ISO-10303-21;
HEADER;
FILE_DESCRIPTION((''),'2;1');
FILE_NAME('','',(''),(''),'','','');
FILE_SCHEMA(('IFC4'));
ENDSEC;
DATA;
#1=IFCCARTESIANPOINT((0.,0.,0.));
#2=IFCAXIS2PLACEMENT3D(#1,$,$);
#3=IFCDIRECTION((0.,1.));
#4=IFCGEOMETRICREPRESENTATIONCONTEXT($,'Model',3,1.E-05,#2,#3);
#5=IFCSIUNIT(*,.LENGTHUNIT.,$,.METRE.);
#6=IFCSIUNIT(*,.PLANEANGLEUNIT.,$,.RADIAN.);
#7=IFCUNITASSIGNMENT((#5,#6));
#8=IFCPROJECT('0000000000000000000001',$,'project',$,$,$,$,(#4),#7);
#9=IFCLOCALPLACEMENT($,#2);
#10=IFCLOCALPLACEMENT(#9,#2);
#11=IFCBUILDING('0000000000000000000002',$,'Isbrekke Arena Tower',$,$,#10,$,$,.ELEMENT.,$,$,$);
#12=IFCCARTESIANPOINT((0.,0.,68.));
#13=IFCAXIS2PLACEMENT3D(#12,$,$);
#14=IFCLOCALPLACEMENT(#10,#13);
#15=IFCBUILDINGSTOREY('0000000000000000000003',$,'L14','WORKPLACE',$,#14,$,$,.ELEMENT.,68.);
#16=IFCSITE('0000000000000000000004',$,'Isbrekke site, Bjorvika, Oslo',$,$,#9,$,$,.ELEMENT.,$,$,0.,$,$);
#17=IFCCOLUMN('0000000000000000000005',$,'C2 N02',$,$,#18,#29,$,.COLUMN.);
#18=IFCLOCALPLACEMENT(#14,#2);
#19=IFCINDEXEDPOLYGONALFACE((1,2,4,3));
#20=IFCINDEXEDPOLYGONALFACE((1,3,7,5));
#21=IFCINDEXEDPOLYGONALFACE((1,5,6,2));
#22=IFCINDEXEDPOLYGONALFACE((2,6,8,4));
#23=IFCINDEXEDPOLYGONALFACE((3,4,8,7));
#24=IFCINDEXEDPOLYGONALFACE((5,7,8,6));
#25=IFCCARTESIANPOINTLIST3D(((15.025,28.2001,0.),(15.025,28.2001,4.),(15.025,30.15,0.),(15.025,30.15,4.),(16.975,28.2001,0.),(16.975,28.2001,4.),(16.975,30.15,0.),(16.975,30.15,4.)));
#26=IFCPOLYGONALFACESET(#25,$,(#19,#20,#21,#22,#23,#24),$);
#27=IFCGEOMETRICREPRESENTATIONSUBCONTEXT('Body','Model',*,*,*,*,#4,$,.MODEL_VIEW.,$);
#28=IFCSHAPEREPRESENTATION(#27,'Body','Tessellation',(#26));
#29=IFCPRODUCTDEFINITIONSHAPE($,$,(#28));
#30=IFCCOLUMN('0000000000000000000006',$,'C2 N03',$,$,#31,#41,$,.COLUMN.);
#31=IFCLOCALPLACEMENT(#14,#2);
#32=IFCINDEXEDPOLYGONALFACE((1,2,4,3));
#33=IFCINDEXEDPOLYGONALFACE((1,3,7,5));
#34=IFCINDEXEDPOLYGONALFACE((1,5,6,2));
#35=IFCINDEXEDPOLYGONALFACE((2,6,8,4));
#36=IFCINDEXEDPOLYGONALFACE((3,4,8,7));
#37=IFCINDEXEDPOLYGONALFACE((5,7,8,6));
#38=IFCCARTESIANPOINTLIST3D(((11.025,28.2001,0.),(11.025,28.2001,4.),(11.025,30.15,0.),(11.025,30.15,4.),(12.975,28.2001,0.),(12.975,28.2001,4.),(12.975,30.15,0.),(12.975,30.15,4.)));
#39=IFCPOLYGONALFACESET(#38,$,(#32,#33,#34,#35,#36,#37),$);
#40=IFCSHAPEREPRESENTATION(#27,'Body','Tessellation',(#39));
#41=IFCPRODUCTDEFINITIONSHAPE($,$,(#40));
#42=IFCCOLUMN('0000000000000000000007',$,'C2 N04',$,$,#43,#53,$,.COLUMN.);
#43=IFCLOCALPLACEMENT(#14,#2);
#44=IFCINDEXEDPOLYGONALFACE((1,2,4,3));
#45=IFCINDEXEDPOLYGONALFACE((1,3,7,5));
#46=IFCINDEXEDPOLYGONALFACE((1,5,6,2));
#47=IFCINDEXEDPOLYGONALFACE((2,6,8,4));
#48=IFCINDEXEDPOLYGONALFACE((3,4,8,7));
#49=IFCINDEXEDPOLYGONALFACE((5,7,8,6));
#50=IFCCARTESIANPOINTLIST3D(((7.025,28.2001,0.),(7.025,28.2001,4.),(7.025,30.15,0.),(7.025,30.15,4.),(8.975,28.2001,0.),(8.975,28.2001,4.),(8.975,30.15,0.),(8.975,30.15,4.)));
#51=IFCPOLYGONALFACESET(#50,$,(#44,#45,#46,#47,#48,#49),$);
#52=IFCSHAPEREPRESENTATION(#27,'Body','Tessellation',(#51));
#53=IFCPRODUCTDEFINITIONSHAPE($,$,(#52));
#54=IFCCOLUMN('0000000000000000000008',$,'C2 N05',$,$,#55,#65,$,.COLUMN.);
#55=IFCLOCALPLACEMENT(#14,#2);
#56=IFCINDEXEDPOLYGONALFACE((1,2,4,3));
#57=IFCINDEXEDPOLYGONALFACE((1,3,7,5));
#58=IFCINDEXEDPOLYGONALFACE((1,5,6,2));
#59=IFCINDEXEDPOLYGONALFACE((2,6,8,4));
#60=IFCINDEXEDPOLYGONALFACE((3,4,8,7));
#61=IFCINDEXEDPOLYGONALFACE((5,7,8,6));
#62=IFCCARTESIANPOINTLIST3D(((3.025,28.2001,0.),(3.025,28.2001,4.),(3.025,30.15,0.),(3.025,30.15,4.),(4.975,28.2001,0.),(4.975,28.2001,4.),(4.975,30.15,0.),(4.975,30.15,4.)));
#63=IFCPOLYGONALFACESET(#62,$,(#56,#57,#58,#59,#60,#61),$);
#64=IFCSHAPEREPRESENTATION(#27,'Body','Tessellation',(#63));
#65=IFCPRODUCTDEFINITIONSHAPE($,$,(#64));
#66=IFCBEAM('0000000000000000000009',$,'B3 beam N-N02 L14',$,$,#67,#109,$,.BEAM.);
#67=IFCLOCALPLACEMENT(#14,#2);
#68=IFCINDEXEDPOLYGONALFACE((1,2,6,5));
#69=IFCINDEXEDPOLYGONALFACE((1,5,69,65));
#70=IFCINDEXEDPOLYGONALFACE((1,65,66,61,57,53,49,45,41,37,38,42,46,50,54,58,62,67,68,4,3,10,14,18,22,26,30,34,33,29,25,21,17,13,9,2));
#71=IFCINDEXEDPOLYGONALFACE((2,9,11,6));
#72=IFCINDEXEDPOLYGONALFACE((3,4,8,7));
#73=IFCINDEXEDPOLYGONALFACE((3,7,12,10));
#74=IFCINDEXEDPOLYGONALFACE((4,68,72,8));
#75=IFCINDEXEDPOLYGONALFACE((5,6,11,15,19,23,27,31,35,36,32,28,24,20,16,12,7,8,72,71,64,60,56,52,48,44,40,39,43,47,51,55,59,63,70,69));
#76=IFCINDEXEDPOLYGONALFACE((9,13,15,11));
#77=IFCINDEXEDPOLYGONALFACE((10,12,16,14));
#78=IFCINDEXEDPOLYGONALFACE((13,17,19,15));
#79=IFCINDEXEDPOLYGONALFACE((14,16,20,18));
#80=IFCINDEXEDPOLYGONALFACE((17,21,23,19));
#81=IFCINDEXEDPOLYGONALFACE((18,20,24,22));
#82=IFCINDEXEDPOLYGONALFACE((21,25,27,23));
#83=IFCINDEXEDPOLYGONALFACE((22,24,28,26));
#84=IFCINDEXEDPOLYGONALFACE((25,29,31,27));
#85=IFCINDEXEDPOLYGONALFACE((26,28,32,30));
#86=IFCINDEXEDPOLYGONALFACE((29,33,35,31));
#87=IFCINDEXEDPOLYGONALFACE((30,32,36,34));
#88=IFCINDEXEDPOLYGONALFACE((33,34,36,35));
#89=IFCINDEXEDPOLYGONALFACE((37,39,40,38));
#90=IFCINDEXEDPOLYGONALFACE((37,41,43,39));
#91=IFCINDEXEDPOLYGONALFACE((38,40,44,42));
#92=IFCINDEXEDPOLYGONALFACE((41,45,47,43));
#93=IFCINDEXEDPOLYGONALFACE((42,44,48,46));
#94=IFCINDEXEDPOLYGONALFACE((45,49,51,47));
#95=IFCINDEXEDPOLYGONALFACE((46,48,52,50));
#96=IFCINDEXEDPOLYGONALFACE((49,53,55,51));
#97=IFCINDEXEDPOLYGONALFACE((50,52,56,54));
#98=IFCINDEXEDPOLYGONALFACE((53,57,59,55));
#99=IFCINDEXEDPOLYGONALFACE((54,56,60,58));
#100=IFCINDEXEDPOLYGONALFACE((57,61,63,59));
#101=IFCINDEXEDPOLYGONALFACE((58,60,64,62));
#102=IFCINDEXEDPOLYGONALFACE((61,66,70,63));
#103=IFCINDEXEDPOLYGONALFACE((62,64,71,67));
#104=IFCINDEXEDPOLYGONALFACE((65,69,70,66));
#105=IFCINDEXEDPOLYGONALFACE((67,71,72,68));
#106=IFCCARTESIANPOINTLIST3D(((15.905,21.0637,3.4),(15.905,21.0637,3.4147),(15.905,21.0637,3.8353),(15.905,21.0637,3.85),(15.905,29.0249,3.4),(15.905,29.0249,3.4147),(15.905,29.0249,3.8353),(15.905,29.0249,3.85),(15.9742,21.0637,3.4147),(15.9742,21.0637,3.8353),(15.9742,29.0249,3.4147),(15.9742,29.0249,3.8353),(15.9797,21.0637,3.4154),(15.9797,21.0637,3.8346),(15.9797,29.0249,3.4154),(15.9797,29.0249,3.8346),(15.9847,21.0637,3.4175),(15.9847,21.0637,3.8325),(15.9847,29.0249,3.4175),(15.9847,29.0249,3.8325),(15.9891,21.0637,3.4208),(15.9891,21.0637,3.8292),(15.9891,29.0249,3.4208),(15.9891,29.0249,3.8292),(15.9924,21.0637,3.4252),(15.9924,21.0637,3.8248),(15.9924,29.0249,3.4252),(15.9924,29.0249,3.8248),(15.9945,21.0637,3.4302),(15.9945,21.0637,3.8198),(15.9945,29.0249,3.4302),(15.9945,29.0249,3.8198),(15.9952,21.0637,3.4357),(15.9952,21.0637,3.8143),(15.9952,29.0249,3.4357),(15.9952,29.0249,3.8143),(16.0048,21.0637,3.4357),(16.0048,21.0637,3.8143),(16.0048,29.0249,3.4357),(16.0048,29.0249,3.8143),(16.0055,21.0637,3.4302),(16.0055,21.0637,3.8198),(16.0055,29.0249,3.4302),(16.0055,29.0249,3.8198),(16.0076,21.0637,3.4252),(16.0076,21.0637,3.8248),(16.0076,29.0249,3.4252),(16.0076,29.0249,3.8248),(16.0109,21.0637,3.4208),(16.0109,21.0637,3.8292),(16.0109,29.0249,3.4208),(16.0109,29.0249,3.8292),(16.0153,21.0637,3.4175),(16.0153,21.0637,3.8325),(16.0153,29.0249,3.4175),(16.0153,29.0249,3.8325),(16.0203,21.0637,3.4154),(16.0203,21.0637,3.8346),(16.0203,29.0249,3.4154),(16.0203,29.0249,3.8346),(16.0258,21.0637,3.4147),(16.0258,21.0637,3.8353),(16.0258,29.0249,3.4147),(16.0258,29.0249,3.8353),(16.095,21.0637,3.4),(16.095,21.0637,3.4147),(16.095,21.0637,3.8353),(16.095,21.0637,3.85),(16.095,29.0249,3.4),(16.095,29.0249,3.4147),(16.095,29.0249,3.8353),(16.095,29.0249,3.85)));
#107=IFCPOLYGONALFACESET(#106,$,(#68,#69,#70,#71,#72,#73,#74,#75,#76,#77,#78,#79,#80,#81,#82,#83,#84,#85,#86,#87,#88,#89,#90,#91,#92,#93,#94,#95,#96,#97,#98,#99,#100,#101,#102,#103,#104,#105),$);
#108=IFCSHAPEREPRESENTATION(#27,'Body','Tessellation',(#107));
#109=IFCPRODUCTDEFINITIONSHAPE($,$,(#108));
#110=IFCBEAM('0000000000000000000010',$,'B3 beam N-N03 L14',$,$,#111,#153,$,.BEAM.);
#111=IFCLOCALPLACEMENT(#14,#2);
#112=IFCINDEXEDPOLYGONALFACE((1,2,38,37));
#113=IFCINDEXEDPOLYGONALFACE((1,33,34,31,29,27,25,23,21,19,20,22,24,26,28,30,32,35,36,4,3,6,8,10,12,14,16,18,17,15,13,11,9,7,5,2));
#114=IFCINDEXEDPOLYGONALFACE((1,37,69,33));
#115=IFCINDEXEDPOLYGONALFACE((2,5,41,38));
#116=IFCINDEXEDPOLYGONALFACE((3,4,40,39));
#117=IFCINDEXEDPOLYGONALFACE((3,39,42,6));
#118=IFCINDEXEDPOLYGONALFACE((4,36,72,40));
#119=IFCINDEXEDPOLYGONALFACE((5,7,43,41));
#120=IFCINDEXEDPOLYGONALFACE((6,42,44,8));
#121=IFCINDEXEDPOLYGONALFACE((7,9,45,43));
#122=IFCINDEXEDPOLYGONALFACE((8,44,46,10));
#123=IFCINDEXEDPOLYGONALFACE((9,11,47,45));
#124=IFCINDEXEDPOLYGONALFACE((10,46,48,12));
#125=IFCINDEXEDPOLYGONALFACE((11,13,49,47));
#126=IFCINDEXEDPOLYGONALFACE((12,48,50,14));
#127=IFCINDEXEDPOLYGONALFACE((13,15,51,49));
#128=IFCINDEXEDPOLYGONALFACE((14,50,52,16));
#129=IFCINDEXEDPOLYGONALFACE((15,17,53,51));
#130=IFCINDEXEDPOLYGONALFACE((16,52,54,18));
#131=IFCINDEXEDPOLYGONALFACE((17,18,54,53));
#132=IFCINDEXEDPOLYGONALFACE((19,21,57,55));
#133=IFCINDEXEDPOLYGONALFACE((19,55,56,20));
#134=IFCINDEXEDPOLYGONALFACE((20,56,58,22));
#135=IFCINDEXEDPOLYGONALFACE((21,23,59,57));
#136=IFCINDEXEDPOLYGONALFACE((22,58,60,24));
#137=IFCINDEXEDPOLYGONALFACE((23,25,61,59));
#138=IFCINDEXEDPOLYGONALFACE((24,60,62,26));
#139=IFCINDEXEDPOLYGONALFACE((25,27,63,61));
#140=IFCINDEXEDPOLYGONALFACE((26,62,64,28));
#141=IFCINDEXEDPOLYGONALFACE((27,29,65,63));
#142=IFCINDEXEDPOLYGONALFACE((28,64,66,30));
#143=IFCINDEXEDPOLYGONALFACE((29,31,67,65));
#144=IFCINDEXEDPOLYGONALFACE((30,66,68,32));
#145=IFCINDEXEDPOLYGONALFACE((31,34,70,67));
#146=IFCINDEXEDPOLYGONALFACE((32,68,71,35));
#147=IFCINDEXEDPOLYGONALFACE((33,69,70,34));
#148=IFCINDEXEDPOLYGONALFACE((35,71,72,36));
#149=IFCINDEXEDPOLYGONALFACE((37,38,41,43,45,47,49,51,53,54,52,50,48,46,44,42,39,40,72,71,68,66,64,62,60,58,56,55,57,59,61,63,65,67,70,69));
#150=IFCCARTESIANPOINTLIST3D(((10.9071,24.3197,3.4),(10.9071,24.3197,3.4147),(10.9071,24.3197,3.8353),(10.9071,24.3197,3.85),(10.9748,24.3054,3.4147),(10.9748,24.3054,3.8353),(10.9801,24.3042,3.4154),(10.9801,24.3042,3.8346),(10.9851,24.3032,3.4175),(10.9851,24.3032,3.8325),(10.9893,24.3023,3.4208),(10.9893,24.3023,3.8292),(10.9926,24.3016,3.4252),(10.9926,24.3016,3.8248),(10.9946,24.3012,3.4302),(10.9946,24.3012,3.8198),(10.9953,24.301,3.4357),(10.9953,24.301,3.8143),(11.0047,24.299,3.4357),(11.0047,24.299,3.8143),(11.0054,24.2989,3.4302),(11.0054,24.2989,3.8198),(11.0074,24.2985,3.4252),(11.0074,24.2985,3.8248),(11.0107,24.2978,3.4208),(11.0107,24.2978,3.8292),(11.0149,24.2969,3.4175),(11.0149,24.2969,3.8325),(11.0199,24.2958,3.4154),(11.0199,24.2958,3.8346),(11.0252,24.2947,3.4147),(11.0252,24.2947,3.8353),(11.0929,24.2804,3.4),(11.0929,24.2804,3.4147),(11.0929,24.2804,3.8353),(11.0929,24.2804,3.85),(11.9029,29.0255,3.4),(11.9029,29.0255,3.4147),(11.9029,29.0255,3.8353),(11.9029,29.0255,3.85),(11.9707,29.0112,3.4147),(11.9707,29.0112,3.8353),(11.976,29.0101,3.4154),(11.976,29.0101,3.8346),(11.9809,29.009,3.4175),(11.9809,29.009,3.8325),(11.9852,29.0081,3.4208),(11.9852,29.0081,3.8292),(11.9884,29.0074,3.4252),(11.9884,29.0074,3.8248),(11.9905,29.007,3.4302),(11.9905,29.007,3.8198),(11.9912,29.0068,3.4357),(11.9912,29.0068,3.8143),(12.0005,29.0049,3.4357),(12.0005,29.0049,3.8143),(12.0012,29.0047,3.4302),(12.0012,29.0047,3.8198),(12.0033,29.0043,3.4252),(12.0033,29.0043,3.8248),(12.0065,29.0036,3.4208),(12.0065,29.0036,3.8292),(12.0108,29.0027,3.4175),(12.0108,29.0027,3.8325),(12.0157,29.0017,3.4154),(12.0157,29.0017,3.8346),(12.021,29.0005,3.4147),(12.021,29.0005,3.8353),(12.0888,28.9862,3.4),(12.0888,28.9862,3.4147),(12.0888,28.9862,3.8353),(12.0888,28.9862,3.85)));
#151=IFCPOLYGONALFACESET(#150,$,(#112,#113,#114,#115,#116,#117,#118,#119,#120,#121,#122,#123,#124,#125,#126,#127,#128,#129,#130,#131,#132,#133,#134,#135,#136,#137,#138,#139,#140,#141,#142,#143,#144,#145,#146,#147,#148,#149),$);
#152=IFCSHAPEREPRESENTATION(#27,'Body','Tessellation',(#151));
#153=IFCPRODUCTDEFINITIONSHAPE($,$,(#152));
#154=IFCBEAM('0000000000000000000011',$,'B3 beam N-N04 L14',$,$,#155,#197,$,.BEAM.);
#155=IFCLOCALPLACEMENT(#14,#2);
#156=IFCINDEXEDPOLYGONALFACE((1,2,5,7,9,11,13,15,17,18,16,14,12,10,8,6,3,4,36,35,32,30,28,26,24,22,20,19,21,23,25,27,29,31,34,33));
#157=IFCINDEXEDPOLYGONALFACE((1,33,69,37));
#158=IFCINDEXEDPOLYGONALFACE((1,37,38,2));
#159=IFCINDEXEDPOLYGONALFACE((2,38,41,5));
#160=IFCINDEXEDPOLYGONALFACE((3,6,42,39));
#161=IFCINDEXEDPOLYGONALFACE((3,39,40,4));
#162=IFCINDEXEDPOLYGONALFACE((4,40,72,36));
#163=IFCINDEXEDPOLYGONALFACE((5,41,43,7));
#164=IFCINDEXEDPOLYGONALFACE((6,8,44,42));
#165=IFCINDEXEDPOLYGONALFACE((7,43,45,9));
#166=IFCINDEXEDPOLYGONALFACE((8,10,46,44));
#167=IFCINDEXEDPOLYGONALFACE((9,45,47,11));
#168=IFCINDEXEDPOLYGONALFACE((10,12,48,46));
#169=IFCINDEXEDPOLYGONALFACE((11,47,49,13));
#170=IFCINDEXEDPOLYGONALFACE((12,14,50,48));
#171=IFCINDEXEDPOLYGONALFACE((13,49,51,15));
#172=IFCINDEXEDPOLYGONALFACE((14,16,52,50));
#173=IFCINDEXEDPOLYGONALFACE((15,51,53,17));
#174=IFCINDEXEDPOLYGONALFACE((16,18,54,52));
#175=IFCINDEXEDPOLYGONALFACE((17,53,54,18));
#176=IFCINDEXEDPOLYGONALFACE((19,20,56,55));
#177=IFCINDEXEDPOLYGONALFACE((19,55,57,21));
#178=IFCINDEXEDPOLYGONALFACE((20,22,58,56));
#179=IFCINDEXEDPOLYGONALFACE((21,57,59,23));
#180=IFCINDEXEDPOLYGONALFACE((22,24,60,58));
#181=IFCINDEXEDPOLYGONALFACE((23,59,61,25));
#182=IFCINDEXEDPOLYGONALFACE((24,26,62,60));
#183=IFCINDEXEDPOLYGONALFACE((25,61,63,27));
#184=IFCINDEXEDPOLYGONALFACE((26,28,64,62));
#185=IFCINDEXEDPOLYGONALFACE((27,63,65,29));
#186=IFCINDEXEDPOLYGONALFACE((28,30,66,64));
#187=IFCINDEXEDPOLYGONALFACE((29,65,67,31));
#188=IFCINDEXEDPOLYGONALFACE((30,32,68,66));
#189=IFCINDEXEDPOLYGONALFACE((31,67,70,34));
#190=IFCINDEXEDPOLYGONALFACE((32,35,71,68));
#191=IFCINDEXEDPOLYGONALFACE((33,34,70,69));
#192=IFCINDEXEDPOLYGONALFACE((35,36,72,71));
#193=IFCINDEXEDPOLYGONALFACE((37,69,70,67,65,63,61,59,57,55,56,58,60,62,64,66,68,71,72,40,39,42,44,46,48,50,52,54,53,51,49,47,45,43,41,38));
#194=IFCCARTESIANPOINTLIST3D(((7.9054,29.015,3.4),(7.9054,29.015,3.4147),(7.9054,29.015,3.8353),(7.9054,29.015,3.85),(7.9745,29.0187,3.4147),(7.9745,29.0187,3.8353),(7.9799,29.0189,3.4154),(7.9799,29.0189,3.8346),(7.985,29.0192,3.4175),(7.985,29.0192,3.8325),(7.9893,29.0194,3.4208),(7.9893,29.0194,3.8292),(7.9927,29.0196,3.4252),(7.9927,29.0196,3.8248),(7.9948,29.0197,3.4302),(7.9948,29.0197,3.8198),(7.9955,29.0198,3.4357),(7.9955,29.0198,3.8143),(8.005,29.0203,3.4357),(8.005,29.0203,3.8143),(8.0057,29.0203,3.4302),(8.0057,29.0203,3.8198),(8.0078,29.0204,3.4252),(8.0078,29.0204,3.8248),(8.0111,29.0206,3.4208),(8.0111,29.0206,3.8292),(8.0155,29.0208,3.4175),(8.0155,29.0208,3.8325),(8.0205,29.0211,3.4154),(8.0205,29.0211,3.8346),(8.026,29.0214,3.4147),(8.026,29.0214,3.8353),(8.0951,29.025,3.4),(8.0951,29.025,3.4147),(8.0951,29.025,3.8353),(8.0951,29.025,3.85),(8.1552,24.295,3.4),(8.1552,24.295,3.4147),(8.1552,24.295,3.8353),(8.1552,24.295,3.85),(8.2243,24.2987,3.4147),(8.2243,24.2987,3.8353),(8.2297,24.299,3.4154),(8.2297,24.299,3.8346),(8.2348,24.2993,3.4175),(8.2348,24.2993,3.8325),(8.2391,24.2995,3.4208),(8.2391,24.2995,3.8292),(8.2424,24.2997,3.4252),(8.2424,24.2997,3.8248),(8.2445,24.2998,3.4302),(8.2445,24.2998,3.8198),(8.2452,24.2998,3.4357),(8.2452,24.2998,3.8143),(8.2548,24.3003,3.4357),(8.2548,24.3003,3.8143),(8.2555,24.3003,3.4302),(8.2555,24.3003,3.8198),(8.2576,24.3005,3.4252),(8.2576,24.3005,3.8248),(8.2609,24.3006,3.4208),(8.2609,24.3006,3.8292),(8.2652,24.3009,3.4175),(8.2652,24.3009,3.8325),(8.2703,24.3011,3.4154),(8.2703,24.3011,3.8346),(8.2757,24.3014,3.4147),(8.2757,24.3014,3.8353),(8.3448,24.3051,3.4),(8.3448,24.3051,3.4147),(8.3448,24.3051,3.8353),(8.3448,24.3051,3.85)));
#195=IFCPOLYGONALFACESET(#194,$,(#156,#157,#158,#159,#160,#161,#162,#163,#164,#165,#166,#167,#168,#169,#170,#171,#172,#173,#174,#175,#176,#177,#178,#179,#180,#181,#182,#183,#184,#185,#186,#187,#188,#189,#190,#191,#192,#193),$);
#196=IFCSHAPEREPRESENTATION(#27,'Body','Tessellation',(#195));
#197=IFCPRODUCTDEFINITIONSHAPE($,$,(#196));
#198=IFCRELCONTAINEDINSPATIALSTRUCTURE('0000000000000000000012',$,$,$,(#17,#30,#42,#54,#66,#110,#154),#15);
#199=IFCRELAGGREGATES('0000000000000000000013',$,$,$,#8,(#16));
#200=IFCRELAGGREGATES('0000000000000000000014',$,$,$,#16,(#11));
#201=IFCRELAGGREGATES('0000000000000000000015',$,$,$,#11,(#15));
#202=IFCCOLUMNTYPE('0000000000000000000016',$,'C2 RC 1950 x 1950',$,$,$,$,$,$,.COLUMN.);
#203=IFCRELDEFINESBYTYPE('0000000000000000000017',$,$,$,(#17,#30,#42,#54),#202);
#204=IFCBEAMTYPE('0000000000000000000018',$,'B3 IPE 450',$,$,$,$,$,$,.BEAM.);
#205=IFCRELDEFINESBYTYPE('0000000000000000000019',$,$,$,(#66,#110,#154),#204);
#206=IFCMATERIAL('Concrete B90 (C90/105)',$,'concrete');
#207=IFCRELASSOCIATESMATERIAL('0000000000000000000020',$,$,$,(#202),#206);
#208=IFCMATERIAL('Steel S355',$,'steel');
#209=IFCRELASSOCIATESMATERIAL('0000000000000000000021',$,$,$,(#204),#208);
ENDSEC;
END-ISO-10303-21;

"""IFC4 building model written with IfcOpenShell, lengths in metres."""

from ifc_helpers import new_model, si_unit, direction, frame, origin, origin_2d, place, context, subcontext, project, spatial, rectangle, i_section, extrude, material, material_profile, profile_set, type_object, element, save


model = new_model("IFC4")

# Units and contexts
model_context = context("Model", 3, precision=1e-05, world=origin(), true_north=direction((0.0, 1.0)))
body_context = subcontext(model_context, "Body", "Model", "MODEL_VIEW")
ifc_project = project(units=[si_unit("LENGTHUNIT", "METRE"), si_unit("PLANEANGLEUNIT", "RADIAN")], contexts=[model_context])

# Site, building, storey
site_placement = place(None, origin())
site = spatial("IfcSite", under=ifc_project, at=site_placement, Name="Isbrekke site, Bjorvika, Oslo", CompositionType="ELEMENT", RefElevation=0.0)
building_placement = place(site_placement, origin())
building = spatial("IfcBuilding", under=site, at=building_placement, Name="Isbrekke Arena Tower", CompositionType="ELEMENT")
storey_placement = place(building_placement, frame((0.0, 0.0, 68.0)))
storey = spatial("IfcBuildingStorey", under=building, at=storey_placement, Name="L14", Description="WORKPLACE", CompositionType="ELEMENT", Elevation=68.0)

# Columns
ifc_material_1 = material(Name="Concrete B90 (C90/105)", Category="concrete")
ifc_material_profile_1 = material_profile(ifc_material_1, rectangle(XDim=1.95, YDim=1.95, at=origin_2d()), Name="RC 1950x1950")
ifc_profile_set_1 = profile_set([ifc_material_profile_1], Name="Concrete B90 (C90/105)")
column_type = type_object("IfcColumnType", Name="C2 RC 1950 x 1950", PredefinedType="COLUMN", material=ifc_profile_set_1)
for number, where, z_axis, x_axis, name in (
    (1, (16.0, 29.175, 0.0), (0.0, 0.0, 1.0), (-1.0, 0.0, 0.0), "C2 N02"),
    (2, (12.0, 29.175, 0.0), (0.0, 0.0, 1.0), (-1.0, 0.0, 0.0), "C2 N03"),
    (3, (8.0, 29.175, 0.0), (0.0, 0.0, 1.0), (-1.0, 0.0, 0.0), "C2 N04"),
    (4, (4.0, 29.175, 0.0), (0.0, 0.0, 1.0), (-1.0, 0.0, 0.0), "C2 N05"),
):
    element("IfcColumn", number, at=place(storey_placement, frame(where, z_axis=z_axis, x_axis=x_axis)), inside=storey, type_object=column_type, Name=name, PredefinedType="COLUMN", context=body_context, shape_type="SweptSolid", body=[
        extrude(rectangle(XDim=1.95, YDim=1.95, at=origin_2d()), origin(), (0.0, 0.0, 1.0), 4.0),
    ])

# Beams
ifc_material_2 = material(Name="Steel S355", Category="steel")
ifc_material_profile_2 = material_profile(ifc_material_2, i_section(OverallWidth=0.1899, OverallDepth=0.45, WebThickness=0.0095, FlangeThickness=0.0146, FilletRadius=0.021, at=origin_2d()), Name="IPE 450")
ifc_profile_set_2 = profile_set([ifc_material_profile_2], Name="Steel S355")
beam_type_1 = type_object("IfcBeamType", Name="B3 IPE 450", PredefinedType="BEAM", material=ifc_profile_set_2)
beam_1_placement = place(storey_placement, frame((16.0, 29.0249, 3.625), z_axis=(0.0, -1.0, 0.0), x_axis=(1.0, 0.0, 0.0)))
element("IfcBeam", 5, at=beam_1_placement, inside=storey, type_object=beam_type_1, Name="B3 beam N-N02 L14", PredefinedType="BEAM", context=body_context, shape_type="SweptSolid", body=[
    extrude(i_section(OverallWidth=0.1899, OverallDepth=0.45, WebThickness=0.0095, FlangeThickness=0.0146, FilletRadius=0.021, at=origin_2d()), origin(), (0.0, 0.0, 1.0), 7.9612),
])
beam_2_placement = place(storey_placement, frame((11.9958, 29.0059, 3.625), z_axis=(-0.207036, -0.978333, 0.0), x_axis=(0.978333, -0.207036, 0.0)))
element("IfcBeam", 6, at=beam_2_placement, inside=storey, type_object=beam_type_1, Name="B3 beam N-N03 L14", PredefinedType="BEAM", context=body_context, shape_type="SweptSolid", body=[
    extrude(i_section(OverallWidth=0.1899, OverallDepth=0.45, WebThickness=0.0095, FlangeThickness=0.0146, FilletRadius=0.021, at=origin_2d()), origin(), (0.0, 0.0, 1.0), 4.8101),
])
beam_3_placement = place(storey_placement, frame((8.0002, 29.02, 3.625), z_axis=(0.052841, -0.998603, 0.0), x_axis=(0.998603, 0.052841, 0.0)))
element("IfcBeam", 7, at=beam_3_placement, inside=storey, type_object=beam_type_1, Name="B3 beam N-N04 L14", PredefinedType="BEAM", context=body_context, shape_type="SweptSolid", body=[
    extrude(i_section(OverallWidth=0.1899, OverallDepth=0.45, WebThickness=0.0095, FlangeThickness=0.0146, FilletRadius=0.021, at=origin_2d()), origin(), (0.0, 0.0, 1.0), 4.7266),
])

save(model, "model.ifc")
